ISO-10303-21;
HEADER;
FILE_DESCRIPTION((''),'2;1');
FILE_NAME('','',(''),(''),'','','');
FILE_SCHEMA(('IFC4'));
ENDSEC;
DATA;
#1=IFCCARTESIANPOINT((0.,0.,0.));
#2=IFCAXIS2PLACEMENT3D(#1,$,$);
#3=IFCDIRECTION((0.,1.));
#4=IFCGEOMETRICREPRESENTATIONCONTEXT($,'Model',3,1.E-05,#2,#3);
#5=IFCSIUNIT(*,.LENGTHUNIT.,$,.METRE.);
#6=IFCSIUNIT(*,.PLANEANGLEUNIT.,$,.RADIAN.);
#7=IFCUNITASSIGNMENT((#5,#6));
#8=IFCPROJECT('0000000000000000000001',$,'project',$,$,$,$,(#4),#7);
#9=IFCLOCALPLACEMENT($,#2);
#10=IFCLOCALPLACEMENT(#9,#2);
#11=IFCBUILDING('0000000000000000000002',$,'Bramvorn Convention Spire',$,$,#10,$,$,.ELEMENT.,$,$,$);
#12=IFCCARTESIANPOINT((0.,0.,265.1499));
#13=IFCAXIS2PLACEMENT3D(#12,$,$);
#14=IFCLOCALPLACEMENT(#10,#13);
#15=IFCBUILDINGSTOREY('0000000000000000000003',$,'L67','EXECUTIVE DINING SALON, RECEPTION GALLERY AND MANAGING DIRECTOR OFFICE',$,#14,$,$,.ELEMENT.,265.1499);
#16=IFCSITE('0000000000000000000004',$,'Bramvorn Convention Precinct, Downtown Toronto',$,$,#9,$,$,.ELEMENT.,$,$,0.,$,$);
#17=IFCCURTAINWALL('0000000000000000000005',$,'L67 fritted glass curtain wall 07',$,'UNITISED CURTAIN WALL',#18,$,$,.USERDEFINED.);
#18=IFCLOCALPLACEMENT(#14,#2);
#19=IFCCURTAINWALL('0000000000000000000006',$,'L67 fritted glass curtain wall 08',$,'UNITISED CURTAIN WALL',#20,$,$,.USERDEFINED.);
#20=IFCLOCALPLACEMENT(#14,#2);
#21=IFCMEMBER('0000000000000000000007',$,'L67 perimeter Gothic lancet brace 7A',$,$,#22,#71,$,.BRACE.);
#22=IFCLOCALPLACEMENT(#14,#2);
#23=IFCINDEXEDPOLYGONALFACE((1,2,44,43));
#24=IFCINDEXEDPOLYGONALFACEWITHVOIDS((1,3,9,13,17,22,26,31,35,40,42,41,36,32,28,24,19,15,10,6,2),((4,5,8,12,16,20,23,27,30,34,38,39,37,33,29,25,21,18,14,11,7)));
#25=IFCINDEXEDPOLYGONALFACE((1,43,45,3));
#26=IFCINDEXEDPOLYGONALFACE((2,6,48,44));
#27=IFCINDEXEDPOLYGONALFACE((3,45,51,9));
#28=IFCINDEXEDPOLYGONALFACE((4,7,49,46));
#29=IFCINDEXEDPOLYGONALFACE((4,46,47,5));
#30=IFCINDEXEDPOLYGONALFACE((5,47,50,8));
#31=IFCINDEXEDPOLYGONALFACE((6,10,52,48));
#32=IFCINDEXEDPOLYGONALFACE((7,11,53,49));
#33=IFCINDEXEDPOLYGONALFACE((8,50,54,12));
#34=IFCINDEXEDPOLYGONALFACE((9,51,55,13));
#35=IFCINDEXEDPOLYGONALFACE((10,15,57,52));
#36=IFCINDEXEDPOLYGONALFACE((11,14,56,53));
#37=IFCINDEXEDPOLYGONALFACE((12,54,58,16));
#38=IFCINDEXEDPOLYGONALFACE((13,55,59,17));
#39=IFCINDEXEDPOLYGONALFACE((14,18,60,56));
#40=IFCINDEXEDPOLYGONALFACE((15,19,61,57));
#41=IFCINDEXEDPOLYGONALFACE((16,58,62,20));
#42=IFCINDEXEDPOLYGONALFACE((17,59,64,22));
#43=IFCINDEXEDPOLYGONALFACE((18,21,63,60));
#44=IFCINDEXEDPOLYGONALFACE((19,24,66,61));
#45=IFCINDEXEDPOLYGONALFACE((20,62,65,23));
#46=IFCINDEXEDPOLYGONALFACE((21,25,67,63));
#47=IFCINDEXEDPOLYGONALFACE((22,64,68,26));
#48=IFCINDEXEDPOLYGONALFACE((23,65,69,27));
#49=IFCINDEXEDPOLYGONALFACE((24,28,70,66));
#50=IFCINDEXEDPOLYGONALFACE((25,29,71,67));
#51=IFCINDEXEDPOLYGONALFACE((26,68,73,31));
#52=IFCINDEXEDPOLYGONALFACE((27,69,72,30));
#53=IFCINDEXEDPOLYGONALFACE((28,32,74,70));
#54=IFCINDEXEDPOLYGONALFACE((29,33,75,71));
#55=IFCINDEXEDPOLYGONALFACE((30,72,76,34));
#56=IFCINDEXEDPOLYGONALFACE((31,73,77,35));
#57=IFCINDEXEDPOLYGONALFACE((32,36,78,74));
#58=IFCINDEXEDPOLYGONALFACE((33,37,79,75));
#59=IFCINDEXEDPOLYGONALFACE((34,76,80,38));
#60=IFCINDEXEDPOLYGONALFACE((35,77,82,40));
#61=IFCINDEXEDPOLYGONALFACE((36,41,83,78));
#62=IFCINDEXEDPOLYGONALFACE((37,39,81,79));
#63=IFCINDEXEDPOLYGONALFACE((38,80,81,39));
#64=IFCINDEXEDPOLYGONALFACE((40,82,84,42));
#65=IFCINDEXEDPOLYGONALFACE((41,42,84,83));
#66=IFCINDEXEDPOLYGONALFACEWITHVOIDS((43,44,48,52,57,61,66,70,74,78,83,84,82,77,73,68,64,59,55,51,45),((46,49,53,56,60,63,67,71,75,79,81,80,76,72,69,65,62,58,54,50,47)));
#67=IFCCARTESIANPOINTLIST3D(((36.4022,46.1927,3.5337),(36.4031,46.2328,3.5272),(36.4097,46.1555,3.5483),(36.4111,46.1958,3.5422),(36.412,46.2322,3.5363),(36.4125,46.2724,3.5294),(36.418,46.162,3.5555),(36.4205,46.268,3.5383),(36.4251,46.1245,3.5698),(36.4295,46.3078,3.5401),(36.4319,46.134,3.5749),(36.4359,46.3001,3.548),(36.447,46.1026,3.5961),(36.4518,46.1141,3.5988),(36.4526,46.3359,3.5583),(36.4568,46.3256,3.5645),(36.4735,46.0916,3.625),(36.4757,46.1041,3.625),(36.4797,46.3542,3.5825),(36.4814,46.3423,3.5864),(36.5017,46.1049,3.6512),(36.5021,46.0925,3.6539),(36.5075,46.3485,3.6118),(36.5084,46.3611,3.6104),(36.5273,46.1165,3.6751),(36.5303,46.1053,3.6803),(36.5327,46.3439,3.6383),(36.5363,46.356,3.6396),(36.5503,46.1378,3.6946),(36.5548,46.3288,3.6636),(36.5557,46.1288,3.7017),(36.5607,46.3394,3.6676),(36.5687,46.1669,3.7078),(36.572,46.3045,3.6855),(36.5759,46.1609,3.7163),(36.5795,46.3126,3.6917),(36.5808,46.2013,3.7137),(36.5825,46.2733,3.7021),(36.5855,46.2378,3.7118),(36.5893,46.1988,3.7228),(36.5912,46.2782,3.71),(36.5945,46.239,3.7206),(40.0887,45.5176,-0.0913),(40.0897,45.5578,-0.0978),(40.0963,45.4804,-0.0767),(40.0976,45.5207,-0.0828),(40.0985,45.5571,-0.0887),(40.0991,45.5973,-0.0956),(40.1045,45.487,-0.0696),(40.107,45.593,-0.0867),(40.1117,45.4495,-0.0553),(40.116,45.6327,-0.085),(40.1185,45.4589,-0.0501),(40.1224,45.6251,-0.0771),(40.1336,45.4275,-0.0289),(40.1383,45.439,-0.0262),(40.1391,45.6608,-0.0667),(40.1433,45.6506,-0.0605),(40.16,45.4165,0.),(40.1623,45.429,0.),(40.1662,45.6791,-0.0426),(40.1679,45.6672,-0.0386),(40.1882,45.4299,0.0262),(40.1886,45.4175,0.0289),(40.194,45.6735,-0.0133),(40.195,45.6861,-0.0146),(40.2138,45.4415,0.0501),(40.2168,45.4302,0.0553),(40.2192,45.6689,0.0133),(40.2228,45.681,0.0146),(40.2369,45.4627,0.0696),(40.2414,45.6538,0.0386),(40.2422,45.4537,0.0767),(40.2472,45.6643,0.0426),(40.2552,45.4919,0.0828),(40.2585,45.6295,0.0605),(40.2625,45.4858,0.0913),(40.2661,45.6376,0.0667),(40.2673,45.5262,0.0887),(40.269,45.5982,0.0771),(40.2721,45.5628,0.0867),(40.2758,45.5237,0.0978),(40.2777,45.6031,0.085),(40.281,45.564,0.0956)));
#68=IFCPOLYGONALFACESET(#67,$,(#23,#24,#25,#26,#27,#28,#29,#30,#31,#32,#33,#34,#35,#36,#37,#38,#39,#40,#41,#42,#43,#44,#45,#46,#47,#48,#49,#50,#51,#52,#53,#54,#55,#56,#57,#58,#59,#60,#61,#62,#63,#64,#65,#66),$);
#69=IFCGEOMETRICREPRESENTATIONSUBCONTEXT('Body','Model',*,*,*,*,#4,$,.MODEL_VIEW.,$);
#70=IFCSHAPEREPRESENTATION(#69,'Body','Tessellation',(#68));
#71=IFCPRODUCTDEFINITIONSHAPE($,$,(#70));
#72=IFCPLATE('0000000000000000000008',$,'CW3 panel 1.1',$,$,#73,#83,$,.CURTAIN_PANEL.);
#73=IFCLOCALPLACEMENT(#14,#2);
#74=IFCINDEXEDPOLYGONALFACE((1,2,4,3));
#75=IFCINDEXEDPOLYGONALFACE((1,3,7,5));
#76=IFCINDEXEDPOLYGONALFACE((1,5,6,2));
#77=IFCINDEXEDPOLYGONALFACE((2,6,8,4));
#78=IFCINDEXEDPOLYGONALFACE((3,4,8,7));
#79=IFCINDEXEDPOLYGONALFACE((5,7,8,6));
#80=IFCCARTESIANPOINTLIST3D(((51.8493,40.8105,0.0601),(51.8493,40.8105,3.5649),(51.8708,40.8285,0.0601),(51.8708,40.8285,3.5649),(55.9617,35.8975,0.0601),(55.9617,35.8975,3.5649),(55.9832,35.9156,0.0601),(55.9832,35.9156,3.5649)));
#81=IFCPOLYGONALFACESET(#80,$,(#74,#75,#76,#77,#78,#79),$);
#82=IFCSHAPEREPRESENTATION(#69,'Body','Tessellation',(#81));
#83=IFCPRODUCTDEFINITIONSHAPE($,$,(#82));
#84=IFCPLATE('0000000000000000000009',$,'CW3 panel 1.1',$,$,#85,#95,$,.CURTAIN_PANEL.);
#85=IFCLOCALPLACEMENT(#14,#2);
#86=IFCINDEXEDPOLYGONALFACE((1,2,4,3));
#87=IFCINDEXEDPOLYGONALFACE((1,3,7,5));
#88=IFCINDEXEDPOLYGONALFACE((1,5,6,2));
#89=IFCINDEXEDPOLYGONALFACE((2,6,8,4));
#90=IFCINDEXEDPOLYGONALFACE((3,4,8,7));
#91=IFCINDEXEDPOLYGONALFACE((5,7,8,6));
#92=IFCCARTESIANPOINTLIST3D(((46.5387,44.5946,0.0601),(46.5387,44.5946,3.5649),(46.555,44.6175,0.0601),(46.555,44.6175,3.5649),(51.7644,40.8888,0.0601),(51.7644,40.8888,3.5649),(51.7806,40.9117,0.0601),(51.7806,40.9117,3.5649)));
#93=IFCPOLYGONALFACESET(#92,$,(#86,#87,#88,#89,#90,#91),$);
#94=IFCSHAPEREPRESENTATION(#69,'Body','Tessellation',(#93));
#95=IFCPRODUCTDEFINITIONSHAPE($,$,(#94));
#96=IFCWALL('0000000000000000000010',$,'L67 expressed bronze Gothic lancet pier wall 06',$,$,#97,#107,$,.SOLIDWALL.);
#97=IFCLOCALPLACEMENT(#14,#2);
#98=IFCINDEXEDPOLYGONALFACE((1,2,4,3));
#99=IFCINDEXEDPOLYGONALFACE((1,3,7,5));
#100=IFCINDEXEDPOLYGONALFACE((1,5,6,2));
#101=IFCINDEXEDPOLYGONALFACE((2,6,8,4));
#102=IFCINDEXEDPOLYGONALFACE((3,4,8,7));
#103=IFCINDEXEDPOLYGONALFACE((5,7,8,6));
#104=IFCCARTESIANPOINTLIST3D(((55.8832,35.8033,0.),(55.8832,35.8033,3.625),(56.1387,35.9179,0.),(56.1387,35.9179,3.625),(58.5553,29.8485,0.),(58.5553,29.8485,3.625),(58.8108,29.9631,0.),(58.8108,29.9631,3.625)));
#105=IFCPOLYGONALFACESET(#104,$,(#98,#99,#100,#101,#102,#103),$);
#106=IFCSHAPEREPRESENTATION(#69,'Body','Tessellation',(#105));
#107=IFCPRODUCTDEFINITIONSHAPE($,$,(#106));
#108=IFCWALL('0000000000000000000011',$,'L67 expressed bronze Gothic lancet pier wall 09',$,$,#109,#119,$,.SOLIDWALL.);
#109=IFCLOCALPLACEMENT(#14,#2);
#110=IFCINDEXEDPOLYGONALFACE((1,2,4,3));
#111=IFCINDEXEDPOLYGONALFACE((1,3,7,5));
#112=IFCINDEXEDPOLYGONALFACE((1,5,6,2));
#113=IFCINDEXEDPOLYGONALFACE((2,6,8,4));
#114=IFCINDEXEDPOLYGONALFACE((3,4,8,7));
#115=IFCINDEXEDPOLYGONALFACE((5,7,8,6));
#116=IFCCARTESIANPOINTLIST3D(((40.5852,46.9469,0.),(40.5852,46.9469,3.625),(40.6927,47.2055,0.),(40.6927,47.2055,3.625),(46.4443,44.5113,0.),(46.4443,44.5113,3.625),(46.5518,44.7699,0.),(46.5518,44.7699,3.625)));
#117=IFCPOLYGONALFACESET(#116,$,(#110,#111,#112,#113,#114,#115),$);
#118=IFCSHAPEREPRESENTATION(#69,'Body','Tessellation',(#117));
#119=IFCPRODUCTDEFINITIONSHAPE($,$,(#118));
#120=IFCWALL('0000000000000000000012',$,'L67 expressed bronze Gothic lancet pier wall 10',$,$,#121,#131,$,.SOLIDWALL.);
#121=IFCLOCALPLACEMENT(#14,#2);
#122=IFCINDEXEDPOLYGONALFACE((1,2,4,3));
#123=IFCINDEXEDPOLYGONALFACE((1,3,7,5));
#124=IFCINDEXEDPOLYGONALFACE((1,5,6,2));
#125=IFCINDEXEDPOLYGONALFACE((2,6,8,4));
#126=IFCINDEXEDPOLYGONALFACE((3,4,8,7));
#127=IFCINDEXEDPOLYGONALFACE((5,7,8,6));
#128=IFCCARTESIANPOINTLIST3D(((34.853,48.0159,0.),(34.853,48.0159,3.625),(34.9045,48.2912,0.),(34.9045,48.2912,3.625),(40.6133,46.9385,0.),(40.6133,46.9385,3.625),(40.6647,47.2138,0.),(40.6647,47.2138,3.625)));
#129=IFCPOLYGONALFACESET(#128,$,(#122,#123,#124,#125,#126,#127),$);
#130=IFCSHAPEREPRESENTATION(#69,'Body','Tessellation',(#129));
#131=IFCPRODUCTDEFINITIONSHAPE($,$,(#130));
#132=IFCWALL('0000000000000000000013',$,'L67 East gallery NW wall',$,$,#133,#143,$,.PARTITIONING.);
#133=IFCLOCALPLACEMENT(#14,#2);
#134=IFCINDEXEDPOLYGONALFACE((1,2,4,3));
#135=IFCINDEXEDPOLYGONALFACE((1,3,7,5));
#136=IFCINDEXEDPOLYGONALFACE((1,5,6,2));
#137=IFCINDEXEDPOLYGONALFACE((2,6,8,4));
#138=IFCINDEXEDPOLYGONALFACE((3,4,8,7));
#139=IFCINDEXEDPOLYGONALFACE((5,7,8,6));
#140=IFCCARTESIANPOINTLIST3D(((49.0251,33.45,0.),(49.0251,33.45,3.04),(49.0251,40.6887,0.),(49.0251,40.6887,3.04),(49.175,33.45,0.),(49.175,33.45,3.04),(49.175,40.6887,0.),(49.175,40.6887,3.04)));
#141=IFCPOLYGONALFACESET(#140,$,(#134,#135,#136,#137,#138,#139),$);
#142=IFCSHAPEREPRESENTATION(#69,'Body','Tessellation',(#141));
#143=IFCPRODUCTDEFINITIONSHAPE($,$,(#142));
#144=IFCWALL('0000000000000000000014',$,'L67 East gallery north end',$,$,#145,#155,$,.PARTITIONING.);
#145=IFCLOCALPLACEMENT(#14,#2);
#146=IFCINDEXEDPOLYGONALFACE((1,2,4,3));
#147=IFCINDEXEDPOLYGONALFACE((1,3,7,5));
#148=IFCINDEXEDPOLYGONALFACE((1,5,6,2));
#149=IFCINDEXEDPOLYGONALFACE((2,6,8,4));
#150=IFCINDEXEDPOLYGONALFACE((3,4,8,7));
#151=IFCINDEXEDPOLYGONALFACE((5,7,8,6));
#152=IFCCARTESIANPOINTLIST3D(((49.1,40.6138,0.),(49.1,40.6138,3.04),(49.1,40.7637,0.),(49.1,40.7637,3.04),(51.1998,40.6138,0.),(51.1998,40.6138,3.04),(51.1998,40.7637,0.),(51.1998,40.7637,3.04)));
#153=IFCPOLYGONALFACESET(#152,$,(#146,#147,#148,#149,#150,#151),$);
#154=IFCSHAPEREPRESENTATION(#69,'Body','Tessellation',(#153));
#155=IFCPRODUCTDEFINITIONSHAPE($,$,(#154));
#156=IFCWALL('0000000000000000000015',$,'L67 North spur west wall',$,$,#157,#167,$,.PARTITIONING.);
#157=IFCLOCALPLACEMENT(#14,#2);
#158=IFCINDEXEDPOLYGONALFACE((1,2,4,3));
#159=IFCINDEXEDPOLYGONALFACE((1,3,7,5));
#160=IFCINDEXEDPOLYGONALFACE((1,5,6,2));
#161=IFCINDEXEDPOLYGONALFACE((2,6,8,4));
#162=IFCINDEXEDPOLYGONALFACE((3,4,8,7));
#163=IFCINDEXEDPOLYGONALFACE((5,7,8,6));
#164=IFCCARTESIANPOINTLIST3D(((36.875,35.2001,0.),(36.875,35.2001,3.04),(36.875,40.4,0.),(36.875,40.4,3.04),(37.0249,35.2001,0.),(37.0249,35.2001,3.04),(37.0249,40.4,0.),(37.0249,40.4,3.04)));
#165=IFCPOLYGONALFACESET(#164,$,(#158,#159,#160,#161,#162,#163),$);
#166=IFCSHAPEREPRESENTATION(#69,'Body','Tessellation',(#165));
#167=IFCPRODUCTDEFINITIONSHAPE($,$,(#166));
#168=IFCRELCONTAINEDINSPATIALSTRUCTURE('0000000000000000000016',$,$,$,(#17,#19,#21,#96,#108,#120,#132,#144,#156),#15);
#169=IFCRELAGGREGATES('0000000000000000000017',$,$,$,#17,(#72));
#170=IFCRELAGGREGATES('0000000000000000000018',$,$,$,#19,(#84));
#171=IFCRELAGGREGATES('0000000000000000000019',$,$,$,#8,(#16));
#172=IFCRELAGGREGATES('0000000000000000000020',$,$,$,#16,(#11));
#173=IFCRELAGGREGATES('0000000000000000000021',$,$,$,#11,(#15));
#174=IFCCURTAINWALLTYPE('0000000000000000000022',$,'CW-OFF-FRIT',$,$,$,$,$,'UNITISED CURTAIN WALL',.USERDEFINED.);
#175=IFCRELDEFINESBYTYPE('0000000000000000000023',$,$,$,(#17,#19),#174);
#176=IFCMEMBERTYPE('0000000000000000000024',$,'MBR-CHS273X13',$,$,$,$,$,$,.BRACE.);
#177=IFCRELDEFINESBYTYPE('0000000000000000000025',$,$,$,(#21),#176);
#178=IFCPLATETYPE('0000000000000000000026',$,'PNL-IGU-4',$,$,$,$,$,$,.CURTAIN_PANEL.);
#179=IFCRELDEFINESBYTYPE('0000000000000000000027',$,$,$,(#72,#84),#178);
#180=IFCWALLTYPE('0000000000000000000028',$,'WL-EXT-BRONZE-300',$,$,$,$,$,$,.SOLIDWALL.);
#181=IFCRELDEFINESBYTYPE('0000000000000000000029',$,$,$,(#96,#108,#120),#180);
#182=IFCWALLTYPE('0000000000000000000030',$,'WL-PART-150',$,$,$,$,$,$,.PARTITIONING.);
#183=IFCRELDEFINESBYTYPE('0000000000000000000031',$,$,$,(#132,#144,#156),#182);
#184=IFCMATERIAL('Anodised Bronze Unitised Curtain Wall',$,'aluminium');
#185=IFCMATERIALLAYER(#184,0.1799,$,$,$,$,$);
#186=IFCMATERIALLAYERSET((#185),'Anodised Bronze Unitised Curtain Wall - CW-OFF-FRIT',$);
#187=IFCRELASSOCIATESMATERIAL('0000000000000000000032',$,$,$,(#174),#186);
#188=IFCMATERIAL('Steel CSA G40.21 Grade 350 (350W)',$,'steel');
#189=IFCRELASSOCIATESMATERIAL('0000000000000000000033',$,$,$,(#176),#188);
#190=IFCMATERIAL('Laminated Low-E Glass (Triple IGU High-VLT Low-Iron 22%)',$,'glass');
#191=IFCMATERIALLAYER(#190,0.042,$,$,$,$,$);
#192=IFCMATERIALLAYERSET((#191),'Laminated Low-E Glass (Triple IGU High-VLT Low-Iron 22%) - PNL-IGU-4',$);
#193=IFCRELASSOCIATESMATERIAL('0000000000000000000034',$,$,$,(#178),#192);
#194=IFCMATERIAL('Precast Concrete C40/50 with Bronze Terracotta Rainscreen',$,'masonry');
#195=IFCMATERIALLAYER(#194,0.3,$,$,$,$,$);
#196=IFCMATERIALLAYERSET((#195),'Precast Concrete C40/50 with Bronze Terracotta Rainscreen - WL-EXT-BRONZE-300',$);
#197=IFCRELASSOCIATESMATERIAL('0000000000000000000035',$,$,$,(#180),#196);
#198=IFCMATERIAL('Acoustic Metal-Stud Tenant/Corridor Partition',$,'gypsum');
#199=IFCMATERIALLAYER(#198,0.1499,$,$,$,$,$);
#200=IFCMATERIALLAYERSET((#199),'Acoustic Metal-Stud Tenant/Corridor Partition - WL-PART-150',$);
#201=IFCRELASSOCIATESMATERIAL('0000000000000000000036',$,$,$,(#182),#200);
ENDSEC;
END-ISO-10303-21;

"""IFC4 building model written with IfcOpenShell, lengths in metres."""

from ifc_helpers import new_model, si_unit, direction, frame, frame_2d, origin, origin_2d, place, context, subcontext, project, spatial, rectangle, hollow_circle, extrude, material, layer, layer_set, material_profile, profile_set, type_object, element, aggregate, save


model = new_model("IFC4")

# Units and contexts
model_context = context("Model", 3, precision=1e-05, world=origin(), true_north=direction((0.0, 1.0)))
body_context = subcontext(model_context, "Body", "Model", "MODEL_VIEW")
ifc_project = project(units=[si_unit("LENGTHUNIT", "METRE"), si_unit("PLANEANGLEUNIT", "RADIAN")], contexts=[model_context])

# Site, building, storey
site_placement = place(None, origin())
site = spatial("IfcSite", under=ifc_project, at=site_placement, Name="Bramvorn Convention Precinct, Downtown Toronto", CompositionType="ELEMENT", RefElevation=0.0)
building_placement = place(site_placement, origin())
building = spatial("IfcBuilding", under=site, at=building_placement, Name="Bramvorn Convention Spire", CompositionType="ELEMENT")
storey_placement = place(building_placement, frame((0.0, 0.0, 265.1499)))
storey = spatial("IfcBuildingStorey", under=building, at=storey_placement, Name="L67", Description="EXECUTIVE DINING SALON, RECEPTION GALLERY AND MANAGING DIRECTOR OFFICE", CompositionType="ELEMENT", Elevation=265.1499)

# Shared definitions
ifc_material_1 = material(Name="Steel CSA G40.21 Grade 350 (350W)", Category="steel")

# Curtain walls
ifc_material_2 = material(Name="Anodised Bronze Unitised Curtain Wall", Category="aluminium")
ifc_layer_1 = layer(ifc_material_2, 0.1799)
ifc_layer_set_1 = layer_set([ifc_layer_1], Name="Anodised Bronze Unitised Curtain Wall - CW-OFF-FRIT")
curtain_wall_type = type_object("IfcCurtainWallType", Name="CW-OFF-FRIT", ElementType="UNITISED CURTAIN WALL", PredefinedType="USERDEFINED", material=ifc_layer_set_1)
curtain_wall_1_placement = place(storey_placement, origin())
curtain_wall_1 = element("IfcCurtainWall", 1, at=curtain_wall_1_placement, inside=storey, type_object=curtain_wall_type, Name="L67 fritted glass curtain wall 07", ObjectType="UNITISED CURTAIN WALL", PredefinedType="USERDEFINED")
curtain_wall_2_placement = place(storey_placement, origin())
curtain_wall_2 = element("IfcCurtainWall", 2, at=curtain_wall_2_placement, inside=storey, type_object=curtain_wall_type, Name="L67 fritted glass curtain wall 08", ObjectType="UNITISED CURTAIN WALL", PredefinedType="USERDEFINED")

# Member
ifc_material_profile_1 = material_profile(ifc_material_1, hollow_circle(Radius=0.1365, WallThickness=0.0127, at=origin_2d()))
ifc_profile_set_1 = profile_set([ifc_material_profile_1], Name="Steel CSA G40.21 Grade 350 (350W) - CHS273X13")
member_type_1 = type_object("IfcMemberType", Name="MBR-CHS273X13", PredefinedType="BRACE", material=ifc_profile_set_1)
member_1_placement = place(storey_placement, frame((40.1846, 45.5508, 0.0), z_axis=(-0.707031, 0.129466, 0.695231), x_axis=(-0.180118, -0.983645, 0.0)))
element("IfcMember", 3, at=member_1_placement, inside=storey, type_object=member_type_1, Name="L67 perimeter Gothic lancet brace 7A", PredefinedType="BRACE", context=body_context, shape_type="SweptSolid", body=[
    extrude(hollow_circle(Radius=0.1365, WallThickness=0.0127, at=origin_2d()), origin(), (0.0, 0.0, 1.0), 5.2141),
])

# Plates
ifc_material_3 = material(Name="Laminated Low-E Glass (Triple IGU High-VLT Low-Iron 22%)", Category="glass")
ifc_layer_2 = layer(ifc_material_3, 0.042)
ifc_layer_set_2 = layer_set([ifc_layer_2], Name="Laminated Low-E Glass (Triple IGU High-VLT Low-Iron 22%) - PNL-IGU-4")
plate_type = type_object("IfcPlateType", Name="PNL-IGU-4", PredefinedType="CURTAIN_PANEL", material=ifc_layer_set_2)
plate_1_placement = place(storey_placement, frame((53.9163, 38.363, 0.0601), z_axis=(0.0, 0.0, 1.0), x_axis=(0.641869, -0.766814, 0.0)))
plate_1 = element("IfcPlate", 4, at=plate_1_placement, type_object=plate_type, Name="CW3 panel 1.1", PredefinedType="CURTAIN_PANEL", context=body_context, shape_type="SweptSolid", body=[
    extrude(rectangle(XDim=6.407, YDim=0.0281, at=origin_2d()), origin(), (0.0, 0.0, 1.0), 3.5049),
])
aggregate(curtain_wall_1, [plate_1])
plate_2_placement = place(storey_placement, frame((49.1597, 42.7532, 0.0601), z_axis=(0.0, 0.0, 1.0), x_axis=(0.815707, -0.578465, 0.0)))
plate_2 = element("IfcPlate", 5, at=plate_2_placement, type_object=plate_type, Name="CW3 panel 1.1", PredefinedType="CURTAIN_PANEL", context=body_context, shape_type="SweptSolid", body=[
    extrude(rectangle(XDim=6.4062, YDim=0.0281, at=origin_2d()), origin(), (0.0, 0.0, 1.0), 3.5049),
])
aggregate(curtain_wall_2, [plate_2])

# Walls
ifc_material_4 = material(Name="Precast Concrete C40/50 with Bronze Terracotta Rainscreen", Category="masonry")
ifc_layer_3 = layer(ifc_material_4, 0.3)
ifc_layer_set_3 = layer_set([ifc_layer_3], Name="Precast Concrete C40/50 with Bronze Terracotta Rainscreen - WL-EXT-BRONZE-300")
wall_type_1 = type_object("IfcWallType", Name="WL-EXT-BRONZE-300", PredefinedType="SOLIDWALL", material=ifc_layer_set_3)
wall_1_placement = place(storey_placement, frame((56.011, 35.8606, 0.0), z_axis=(0.0, 0.0, 1.0), x_axis=(0.409402, -0.912354, 0.0)))
element("IfcWall", 6, at=wall_1_placement, inside=storey, type_object=wall_type_1, Name="L67 expressed bronze Gothic lancet pier wall 06", PredefinedType="SOLIDWALL", context=body_context, shape_type="SweptSolid", body=[
    extrude(rectangle(XDim=6.5269, YDim=0.28, at=frame_2d((3.2634, 0.0))), origin(), (0.0, 0.0, 1.0), 3.625),
])
wall_2_placement = place(storey_placement, frame((40.6389, 47.0762, 0.0), z_axis=(0.0, 0.0, 1.0), x_axis=(0.923399, -0.383842, 0.0)))
element("IfcWall", 7, at=wall_2_placement, inside=storey, type_object=wall_type_1, Name="L67 expressed bronze Gothic lancet pier wall 09", PredefinedType="SOLIDWALL", context=body_context, shape_type="SweptSolid", body=[
    extrude(rectangle(XDim=6.3452, YDim=0.28, at=frame_2d((3.1726, 0.0))), origin(), (0.0, 0.0, 1.0), 3.625),
])
wall_3_placement = place(storey_placement, frame((34.8787, 48.1536, 0.0), z_axis=(0.0, 0.0, 1.0), x_axis=(0.982954, -0.183851, 0.0)))
element("IfcWall", 8, at=wall_3_placement, inside=storey, type_object=wall_type_1, Name="L67 expressed bronze Gothic lancet pier wall 10", PredefinedType="SOLIDWALL", context=body_context, shape_type="SweptSolid", body=[
    extrude(rectangle(XDim=5.8601, YDim=0.28, at=frame_2d((2.9302, 0.0))), origin(), (0.0, 0.0, 1.0), 3.625),
])
ifc_material_5 = material(Name="Acoustic Metal-Stud Tenant/Corridor Partition", Category="gypsum")
ifc_layer_4 = layer(ifc_material_5, 0.1499)
ifc_layer_set_4 = layer_set([ifc_layer_4], Name="Acoustic Metal-Stud Tenant/Corridor Partition - WL-PART-150")
wall_type_2 = type_object("IfcWallType", Name="WL-PART-150", PredefinedType="PARTITIONING", material=ifc_layer_set_4)
wall_4_placement = place(storey_placement, frame((49.1001, 33.45, 0.0), z_axis=(0.0, 0.0, 1.0), x_axis=(0.0, 1.0, 0.0)))
element("IfcWall", 9, at=wall_4_placement, inside=storey, type_object=wall_type_2, Name="L67 East gallery NW wall", PredefinedType="PARTITIONING", context=body_context, shape_type="SweptSolid", body=[
    extrude(rectangle(XDim=7.2388, YDim=0.1499, at=frame_2d((3.6194, 0.0))), origin(), (0.0, 0.0, 1.0), 3.04),
])
wall_5_placement = place(storey_placement, frame((49.1001, 40.6887, 0.0), z_axis=(0.0, 0.0, 1.0), x_axis=(1.0, 0.0, 0.0)))
element("IfcWall", 10, at=wall_5_placement, inside=storey, type_object=wall_type_2, Name="L67 East gallery north end", PredefinedType="PARTITIONING", context=body_context, shape_type="SweptSolid", body=[
    extrude(rectangle(XDim=2.0999, YDim=0.1499, at=frame_2d((1.0498, 0.0))), origin(), (0.0, 0.0, 1.0), 3.04),
])
wall_6_placement = place(storey_placement, frame((36.95, 35.2, 0.0), z_axis=(0.0, 0.0, 1.0), x_axis=(0.0, 1.0, 0.0)))
element("IfcWall", 11, at=wall_6_placement, inside=storey, type_object=wall_type_2, Name="L67 North spur west wall", PredefinedType="PARTITIONING", context=body_context, shape_type="SweptSolid", body=[
    extrude(rectangle(XDim=5.2, YDim=0.1499, at=frame_2d((2.6001, 0.0))), origin(), (0.0, 0.0, 1.0), 3.04),
])

save(model, "model.ifc")
